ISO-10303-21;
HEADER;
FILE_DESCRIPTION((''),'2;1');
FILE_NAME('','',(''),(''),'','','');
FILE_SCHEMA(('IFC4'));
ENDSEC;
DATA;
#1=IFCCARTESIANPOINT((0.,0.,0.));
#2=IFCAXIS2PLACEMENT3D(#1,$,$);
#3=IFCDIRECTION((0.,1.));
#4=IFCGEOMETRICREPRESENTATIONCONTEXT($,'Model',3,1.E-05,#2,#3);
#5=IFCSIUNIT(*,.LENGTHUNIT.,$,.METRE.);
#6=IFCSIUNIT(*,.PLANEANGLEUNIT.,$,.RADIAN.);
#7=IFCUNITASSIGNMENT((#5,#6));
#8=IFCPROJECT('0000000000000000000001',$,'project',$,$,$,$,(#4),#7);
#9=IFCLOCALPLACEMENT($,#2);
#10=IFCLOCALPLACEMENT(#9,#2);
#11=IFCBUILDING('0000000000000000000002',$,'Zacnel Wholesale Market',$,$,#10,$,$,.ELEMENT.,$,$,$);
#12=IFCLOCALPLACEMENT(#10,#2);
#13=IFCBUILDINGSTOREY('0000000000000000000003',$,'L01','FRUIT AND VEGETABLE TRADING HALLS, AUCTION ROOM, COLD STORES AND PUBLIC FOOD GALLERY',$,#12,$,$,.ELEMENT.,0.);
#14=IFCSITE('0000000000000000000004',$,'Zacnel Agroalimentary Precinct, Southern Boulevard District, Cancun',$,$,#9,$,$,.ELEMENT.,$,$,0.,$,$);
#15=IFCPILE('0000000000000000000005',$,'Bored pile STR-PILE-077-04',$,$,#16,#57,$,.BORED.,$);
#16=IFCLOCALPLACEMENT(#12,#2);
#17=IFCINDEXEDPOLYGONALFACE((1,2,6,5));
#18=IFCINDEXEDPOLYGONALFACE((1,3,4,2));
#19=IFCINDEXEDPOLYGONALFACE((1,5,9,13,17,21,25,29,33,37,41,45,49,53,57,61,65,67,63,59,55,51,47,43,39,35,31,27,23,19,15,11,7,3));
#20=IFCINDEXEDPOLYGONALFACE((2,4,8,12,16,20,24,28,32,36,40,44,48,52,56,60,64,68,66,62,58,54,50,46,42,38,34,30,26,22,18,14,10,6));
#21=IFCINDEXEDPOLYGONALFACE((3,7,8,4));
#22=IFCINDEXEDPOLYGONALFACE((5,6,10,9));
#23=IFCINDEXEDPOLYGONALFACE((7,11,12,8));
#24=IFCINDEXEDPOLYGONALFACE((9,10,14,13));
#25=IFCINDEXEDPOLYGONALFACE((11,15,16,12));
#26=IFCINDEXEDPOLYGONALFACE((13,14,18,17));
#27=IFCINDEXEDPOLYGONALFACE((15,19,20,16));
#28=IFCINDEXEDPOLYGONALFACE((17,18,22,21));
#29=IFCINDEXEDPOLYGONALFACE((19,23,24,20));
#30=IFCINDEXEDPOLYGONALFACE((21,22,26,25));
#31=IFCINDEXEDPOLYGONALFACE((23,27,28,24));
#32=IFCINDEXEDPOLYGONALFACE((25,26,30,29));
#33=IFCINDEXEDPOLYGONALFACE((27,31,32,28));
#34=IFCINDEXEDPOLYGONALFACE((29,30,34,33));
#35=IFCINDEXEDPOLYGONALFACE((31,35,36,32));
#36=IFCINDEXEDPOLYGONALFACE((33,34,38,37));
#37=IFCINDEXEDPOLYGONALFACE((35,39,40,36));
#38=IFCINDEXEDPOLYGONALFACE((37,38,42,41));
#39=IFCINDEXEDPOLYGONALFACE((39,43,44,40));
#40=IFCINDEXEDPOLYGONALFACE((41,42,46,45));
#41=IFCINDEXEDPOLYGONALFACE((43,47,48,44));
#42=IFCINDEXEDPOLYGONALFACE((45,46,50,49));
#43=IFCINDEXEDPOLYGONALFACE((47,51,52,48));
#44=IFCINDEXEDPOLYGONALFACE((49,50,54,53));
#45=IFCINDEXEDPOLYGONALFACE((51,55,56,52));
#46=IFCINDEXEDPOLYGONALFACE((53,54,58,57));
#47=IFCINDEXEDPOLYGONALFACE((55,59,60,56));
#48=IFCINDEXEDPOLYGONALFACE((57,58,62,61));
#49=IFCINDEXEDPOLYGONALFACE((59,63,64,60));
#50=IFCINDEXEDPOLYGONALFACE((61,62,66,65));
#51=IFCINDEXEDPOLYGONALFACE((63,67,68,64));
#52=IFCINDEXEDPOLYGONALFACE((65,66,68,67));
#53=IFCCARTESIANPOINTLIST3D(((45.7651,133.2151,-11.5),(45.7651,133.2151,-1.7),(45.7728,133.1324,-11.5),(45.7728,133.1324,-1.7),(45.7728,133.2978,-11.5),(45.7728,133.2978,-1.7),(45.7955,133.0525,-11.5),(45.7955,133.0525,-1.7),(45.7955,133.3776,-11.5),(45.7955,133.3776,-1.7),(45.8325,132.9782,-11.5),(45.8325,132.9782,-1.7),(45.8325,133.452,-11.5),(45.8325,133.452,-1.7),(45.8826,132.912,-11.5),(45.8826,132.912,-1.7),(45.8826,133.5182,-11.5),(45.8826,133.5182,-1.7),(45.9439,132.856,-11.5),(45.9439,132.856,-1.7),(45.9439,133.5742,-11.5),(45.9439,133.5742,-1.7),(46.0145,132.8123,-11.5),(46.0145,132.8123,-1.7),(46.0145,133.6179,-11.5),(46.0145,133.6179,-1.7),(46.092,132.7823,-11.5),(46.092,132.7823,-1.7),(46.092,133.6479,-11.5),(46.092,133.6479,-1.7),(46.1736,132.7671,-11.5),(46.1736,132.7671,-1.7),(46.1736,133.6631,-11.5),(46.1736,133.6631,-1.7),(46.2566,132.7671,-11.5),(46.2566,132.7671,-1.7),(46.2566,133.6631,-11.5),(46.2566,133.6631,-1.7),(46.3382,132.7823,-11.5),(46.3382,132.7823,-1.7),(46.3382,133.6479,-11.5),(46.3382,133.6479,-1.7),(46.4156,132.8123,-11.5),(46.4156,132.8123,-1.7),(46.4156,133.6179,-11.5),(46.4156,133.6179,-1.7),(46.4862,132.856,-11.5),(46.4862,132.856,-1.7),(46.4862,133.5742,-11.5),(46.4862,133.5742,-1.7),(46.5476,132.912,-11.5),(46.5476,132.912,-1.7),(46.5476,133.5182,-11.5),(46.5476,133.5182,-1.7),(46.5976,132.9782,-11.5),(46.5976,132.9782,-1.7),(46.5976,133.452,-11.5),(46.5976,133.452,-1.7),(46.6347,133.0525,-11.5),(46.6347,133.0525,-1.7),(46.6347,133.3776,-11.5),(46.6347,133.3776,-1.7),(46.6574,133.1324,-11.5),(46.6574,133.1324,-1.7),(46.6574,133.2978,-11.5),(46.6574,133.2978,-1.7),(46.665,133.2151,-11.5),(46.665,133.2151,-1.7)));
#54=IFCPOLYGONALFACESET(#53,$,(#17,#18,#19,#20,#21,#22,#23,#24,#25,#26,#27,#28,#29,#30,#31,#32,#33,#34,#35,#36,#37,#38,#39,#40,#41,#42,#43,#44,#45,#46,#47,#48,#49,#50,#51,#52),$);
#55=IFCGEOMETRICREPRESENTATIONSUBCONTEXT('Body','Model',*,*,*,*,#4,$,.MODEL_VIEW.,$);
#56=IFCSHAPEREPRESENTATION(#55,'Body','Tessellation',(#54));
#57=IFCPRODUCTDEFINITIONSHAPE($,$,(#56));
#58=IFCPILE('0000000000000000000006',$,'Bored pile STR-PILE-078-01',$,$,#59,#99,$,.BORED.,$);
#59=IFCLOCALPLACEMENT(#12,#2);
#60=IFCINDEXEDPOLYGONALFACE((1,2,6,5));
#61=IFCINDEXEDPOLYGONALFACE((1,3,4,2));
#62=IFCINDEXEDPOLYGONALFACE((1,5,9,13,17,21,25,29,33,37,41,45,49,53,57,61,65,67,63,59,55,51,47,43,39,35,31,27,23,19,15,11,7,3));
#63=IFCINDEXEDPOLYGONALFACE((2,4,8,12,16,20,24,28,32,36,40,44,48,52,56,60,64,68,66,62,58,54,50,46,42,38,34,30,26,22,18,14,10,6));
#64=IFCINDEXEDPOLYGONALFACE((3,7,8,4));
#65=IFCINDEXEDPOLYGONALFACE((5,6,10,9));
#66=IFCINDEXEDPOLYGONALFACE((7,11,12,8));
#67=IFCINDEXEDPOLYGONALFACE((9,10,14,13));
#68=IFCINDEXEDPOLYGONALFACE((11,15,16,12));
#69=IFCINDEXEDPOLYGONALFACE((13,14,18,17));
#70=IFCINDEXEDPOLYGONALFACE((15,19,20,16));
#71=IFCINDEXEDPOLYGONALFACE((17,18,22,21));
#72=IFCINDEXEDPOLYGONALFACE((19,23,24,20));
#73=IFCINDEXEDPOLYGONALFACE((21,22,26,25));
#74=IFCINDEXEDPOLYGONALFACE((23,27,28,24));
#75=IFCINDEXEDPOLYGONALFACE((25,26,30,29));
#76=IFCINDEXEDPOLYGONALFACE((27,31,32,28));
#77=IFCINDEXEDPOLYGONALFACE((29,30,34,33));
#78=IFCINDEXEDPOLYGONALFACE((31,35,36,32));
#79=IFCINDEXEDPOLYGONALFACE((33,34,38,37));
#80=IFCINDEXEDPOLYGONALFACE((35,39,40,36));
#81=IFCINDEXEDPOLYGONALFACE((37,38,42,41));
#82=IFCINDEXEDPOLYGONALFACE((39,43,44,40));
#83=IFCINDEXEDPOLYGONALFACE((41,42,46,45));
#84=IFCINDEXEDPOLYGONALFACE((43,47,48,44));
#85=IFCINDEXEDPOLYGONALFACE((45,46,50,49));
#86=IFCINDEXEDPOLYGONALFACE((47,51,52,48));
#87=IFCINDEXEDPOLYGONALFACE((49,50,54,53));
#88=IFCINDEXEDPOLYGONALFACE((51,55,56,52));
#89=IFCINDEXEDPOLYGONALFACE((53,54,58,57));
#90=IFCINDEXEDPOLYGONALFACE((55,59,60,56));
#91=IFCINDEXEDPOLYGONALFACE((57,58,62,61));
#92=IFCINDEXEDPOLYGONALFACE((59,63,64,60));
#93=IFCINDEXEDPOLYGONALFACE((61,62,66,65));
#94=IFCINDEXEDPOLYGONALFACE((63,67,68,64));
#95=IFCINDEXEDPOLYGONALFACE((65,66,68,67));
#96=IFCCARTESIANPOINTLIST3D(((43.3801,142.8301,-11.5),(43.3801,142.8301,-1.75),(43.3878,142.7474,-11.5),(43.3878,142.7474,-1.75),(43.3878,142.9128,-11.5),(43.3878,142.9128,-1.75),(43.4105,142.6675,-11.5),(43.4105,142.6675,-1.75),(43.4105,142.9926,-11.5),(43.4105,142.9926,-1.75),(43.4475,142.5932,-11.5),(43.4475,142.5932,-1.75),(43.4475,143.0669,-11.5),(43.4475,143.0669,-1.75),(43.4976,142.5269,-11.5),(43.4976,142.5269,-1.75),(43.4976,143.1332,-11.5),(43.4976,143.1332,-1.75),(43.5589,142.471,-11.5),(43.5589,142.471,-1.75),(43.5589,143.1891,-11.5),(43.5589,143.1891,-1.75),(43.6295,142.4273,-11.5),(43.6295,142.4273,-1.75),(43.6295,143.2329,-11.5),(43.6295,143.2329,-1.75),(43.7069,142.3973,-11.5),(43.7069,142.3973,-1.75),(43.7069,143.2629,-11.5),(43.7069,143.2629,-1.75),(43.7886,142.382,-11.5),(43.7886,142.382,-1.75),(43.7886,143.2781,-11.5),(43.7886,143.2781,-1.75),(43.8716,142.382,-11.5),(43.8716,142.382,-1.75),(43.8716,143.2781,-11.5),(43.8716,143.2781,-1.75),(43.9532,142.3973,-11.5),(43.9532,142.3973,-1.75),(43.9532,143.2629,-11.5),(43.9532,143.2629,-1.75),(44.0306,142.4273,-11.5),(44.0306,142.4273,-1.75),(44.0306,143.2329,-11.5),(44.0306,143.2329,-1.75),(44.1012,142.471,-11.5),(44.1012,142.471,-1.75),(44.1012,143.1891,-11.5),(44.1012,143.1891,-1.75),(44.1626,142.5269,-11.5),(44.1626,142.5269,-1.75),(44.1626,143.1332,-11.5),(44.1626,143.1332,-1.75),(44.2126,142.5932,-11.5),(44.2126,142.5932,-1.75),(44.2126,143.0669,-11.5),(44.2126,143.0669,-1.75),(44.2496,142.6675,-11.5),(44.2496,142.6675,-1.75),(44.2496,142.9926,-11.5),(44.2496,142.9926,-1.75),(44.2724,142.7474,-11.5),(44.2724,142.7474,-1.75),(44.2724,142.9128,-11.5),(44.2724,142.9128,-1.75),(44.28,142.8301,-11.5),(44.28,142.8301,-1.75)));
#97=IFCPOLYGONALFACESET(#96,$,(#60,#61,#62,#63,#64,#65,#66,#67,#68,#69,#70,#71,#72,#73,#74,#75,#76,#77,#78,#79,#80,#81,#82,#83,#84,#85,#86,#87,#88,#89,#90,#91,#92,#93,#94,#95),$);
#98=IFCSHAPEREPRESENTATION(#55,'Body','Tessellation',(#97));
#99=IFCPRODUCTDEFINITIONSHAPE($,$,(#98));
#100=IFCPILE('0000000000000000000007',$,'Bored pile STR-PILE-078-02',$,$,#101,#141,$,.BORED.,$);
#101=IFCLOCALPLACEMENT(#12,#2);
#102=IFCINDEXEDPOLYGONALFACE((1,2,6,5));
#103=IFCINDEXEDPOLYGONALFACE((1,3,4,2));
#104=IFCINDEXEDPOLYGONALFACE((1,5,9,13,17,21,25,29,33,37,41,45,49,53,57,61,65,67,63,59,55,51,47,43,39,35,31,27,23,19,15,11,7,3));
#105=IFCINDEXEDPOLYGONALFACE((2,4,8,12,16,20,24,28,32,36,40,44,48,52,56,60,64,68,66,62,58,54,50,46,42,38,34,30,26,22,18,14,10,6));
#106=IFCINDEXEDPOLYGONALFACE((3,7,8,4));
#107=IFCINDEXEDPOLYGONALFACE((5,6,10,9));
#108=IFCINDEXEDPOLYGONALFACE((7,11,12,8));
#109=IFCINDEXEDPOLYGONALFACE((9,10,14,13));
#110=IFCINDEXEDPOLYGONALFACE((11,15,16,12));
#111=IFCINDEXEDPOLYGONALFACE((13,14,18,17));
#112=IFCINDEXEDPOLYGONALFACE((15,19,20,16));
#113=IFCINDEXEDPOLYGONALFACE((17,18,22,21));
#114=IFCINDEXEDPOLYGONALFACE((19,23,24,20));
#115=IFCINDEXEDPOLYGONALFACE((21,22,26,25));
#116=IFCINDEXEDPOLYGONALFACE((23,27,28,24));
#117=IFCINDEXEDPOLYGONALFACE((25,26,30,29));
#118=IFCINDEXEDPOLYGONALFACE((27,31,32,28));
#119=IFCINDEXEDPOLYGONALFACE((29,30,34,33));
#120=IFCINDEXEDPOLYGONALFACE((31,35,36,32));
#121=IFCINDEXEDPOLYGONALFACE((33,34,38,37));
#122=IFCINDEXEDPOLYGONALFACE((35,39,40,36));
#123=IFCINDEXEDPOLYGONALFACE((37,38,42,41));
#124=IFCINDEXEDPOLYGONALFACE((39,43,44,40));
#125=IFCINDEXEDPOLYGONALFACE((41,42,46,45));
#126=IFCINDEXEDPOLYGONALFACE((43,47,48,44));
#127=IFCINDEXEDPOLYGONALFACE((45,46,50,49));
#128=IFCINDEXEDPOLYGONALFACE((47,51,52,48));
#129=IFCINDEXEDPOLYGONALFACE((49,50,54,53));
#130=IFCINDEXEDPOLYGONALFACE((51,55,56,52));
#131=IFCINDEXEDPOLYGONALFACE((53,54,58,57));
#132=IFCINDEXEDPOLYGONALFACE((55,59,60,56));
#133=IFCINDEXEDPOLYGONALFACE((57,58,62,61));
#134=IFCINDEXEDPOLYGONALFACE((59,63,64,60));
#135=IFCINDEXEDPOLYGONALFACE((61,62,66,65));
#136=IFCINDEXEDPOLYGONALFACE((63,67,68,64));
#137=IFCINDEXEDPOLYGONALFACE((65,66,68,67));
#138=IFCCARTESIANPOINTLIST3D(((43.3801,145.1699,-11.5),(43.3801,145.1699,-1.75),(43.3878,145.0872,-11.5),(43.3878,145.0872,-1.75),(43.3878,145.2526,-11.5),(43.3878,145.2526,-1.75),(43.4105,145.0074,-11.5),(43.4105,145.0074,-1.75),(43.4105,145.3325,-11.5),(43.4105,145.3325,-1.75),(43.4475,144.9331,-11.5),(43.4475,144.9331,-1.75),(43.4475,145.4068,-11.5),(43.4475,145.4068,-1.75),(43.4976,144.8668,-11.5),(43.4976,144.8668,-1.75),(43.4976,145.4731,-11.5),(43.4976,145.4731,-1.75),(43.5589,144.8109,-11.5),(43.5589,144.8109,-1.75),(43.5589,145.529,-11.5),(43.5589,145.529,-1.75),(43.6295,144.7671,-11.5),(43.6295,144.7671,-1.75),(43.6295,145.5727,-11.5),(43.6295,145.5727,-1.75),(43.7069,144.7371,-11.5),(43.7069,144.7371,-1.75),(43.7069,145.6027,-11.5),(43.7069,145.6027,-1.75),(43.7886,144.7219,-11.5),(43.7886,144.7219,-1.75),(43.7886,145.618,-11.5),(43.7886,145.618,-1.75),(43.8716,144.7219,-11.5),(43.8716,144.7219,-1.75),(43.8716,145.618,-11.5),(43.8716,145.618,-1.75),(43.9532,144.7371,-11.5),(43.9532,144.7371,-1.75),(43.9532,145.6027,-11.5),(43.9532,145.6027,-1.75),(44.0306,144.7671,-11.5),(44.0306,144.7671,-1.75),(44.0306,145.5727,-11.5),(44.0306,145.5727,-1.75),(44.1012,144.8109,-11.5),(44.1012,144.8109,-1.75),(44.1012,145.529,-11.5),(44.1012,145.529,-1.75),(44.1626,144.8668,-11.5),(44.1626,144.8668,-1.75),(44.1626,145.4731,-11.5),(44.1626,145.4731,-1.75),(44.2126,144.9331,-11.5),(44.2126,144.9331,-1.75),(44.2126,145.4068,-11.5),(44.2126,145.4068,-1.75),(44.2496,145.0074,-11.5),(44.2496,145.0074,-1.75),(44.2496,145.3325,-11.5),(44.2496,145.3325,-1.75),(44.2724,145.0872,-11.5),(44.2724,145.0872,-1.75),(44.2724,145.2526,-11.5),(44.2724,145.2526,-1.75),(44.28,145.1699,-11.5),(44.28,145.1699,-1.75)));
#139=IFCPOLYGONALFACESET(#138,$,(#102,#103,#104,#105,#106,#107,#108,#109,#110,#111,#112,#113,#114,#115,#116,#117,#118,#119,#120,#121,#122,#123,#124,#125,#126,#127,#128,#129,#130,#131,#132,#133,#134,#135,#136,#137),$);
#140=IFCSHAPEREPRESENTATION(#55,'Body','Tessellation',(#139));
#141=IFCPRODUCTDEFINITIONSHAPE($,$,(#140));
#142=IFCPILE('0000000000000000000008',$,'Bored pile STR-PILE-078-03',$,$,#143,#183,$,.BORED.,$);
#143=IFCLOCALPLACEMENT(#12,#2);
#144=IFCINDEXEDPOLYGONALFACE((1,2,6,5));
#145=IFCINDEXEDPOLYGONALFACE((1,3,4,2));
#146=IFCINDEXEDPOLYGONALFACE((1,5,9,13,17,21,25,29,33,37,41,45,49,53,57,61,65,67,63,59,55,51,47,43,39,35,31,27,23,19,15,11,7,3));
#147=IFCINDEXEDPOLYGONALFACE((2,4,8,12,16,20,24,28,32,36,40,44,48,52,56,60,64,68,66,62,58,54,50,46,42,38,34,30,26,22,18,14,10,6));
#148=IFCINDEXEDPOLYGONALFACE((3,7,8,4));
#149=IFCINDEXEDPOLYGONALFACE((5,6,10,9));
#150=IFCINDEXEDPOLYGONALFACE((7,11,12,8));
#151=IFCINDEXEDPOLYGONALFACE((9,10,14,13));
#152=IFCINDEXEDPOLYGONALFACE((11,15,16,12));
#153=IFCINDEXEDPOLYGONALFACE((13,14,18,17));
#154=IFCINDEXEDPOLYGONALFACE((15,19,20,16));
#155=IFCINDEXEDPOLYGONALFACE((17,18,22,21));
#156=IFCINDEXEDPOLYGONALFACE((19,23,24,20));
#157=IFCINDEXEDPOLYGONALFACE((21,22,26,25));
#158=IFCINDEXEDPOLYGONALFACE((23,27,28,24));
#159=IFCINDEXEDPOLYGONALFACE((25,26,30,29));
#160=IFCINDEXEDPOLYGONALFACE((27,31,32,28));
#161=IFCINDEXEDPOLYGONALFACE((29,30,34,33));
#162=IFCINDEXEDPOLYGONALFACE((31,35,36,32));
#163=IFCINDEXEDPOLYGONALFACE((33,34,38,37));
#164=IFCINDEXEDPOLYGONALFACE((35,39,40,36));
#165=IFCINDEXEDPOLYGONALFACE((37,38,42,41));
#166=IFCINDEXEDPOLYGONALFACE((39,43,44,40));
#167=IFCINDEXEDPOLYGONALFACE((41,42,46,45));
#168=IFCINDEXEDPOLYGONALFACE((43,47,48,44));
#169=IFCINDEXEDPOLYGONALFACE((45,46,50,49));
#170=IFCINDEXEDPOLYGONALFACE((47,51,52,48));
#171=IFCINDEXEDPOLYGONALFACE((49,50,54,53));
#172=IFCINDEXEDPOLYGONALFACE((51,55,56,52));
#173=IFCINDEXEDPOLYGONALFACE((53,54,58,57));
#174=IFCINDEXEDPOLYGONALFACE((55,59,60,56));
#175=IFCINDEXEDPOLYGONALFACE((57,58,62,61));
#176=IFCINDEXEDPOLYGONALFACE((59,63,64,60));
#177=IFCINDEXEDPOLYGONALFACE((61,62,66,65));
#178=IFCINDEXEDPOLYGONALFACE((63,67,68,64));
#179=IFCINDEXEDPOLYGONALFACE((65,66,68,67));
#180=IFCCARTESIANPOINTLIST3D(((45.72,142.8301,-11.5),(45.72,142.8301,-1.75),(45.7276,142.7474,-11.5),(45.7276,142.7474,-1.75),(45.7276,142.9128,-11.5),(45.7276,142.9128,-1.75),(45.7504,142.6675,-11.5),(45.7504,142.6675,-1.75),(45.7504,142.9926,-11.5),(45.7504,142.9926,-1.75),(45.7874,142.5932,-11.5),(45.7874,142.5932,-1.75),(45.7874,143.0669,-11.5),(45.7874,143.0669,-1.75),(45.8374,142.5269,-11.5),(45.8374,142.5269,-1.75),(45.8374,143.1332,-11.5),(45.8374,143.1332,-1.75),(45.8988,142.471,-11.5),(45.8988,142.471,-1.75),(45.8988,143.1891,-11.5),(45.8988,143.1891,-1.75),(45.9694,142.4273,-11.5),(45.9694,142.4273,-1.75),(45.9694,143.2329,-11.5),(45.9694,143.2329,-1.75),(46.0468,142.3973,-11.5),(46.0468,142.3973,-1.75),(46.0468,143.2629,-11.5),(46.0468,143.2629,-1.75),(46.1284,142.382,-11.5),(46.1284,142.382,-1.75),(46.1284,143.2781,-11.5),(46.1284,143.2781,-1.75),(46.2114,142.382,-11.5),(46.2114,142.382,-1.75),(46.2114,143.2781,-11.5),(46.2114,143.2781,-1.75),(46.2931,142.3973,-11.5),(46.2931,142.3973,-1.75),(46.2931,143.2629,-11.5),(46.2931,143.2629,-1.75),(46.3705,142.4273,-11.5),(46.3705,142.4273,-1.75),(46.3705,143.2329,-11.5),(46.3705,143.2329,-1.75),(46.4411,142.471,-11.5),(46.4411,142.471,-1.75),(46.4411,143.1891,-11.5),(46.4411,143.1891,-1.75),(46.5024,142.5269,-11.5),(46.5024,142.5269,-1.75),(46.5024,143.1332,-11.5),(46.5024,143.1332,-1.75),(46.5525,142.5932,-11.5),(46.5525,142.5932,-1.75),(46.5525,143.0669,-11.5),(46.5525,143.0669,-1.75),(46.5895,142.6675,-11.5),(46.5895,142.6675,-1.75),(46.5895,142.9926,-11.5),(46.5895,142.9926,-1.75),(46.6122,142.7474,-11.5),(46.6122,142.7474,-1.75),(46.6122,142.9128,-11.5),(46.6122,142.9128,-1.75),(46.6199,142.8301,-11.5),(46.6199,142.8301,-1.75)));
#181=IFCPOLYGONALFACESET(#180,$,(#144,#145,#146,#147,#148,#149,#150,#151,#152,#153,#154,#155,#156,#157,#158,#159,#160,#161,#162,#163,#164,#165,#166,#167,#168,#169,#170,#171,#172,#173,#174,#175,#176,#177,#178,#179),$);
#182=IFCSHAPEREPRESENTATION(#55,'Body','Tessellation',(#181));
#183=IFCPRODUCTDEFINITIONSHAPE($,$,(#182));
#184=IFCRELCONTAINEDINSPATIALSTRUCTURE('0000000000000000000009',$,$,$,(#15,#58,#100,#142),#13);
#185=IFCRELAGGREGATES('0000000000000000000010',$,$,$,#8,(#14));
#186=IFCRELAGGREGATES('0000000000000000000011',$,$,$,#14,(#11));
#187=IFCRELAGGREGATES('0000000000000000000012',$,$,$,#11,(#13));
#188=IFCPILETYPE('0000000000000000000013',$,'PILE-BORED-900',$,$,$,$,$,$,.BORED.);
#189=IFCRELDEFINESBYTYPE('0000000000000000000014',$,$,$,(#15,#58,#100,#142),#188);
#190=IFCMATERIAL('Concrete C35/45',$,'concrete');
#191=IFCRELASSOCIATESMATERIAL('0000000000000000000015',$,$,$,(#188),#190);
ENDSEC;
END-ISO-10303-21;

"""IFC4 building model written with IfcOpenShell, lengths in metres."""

from ifc_helpers import new_model, si_unit, direction, frame, origin, origin_2d, place, context, subcontext, project, spatial, circle, extrude, material, material_profile, profile_set, type_object, element, save


model = new_model("IFC4")

# Units and contexts
model_context = context("Model", 3, precision=1e-05, world=origin(), true_north=direction((0.0, 1.0)))
body_context = subcontext(model_context, "Body", "Model", "MODEL_VIEW")
ifc_project = project(units=[si_unit("LENGTHUNIT", "METRE"), si_unit("PLANEANGLEUNIT", "RADIAN")], contexts=[model_context])

# Site, building, storey
site_placement = place(None, origin())
site = spatial("IfcSite", under=ifc_project, at=site_placement, Name="Zacnel Agroalimentary Precinct, Southern Boulevard District, Cancun", CompositionType="ELEMENT", RefElevation=0.0)
building_placement = place(site_placement, origin())
building = spatial("IfcBuilding", under=site, at=building_placement, Name="Zacnel Wholesale Market", CompositionType="ELEMENT")
storey_placement = place(building_placement, origin())
storey = spatial("IfcBuildingStorey", under=building, at=storey_placement, Name="L01", Description="FRUIT AND VEGETABLE TRADING HALLS, AUCTION ROOM, COLD STORES AND PUBLIC FOOD GALLERY", CompositionType="ELEMENT", Elevation=0.0)

# Piles
ifc_material_1 = material(Name="Concrete C35/45", Category="concrete")
ifc_material_profile_1 = material_profile(ifc_material_1, circle(Radius=0.45, at=origin_2d()), Name="BORED PILE D900")
ifc_profile_set_1 = profile_set([ifc_material_profile_1], Name="Concrete C35/45")
pile_type = type_object("IfcPileType", Name="PILE-BORED-900", PredefinedType="BORED", material=ifc_profile_set_1)
for number, where, z_axis, x_axis, name in (
    (1, (46.2151, 133.2151, -1.7), (0.0, 0.0, -1.0), (1.0, 0.0, 0.0), "Bored pile STR-PILE-077-04"),
):
    element("IfcPile", number, at=place(storey_placement, frame(where, z_axis=z_axis, x_axis=x_axis)), inside=storey, type_object=pile_type, Name=name, PredefinedType="BORED", context=body_context, shape_type="SweptSolid", body=[
        extrude(circle(Radius=0.45, at=origin_2d()), origin(), (0.0, 0.0, 1.0), 9.8),
    ])
for number, where, z_axis, x_axis, name in (
    (2, (43.8301, 142.8301, -1.75), (0.0, 0.0, -1.0), (1.0, 0.0, 0.0), "Bored pile STR-PILE-078-01"),
    (3, (43.8301, 145.1699, -1.75), (0.0, 0.0, -1.0), (1.0, 0.0, 0.0), "Bored pile STR-PILE-078-02"),
    (4, (46.1699, 142.8301, -1.75), (0.0, 0.0, -1.0), (1.0, 0.0, 0.0), "Bored pile STR-PILE-078-03"),
):
    element("IfcPile", number, at=place(storey_placement, frame(where, z_axis=z_axis, x_axis=x_axis)), inside=storey, type_object=pile_type, Name=name, PredefinedType="BORED", context=body_context, shape_type="SweptSolid", body=[
        extrude(circle(Radius=0.45, at=origin_2d()), origin(), (0.0, 0.0, 1.0), 9.75),
    ])

save(model, "model.ifc")
